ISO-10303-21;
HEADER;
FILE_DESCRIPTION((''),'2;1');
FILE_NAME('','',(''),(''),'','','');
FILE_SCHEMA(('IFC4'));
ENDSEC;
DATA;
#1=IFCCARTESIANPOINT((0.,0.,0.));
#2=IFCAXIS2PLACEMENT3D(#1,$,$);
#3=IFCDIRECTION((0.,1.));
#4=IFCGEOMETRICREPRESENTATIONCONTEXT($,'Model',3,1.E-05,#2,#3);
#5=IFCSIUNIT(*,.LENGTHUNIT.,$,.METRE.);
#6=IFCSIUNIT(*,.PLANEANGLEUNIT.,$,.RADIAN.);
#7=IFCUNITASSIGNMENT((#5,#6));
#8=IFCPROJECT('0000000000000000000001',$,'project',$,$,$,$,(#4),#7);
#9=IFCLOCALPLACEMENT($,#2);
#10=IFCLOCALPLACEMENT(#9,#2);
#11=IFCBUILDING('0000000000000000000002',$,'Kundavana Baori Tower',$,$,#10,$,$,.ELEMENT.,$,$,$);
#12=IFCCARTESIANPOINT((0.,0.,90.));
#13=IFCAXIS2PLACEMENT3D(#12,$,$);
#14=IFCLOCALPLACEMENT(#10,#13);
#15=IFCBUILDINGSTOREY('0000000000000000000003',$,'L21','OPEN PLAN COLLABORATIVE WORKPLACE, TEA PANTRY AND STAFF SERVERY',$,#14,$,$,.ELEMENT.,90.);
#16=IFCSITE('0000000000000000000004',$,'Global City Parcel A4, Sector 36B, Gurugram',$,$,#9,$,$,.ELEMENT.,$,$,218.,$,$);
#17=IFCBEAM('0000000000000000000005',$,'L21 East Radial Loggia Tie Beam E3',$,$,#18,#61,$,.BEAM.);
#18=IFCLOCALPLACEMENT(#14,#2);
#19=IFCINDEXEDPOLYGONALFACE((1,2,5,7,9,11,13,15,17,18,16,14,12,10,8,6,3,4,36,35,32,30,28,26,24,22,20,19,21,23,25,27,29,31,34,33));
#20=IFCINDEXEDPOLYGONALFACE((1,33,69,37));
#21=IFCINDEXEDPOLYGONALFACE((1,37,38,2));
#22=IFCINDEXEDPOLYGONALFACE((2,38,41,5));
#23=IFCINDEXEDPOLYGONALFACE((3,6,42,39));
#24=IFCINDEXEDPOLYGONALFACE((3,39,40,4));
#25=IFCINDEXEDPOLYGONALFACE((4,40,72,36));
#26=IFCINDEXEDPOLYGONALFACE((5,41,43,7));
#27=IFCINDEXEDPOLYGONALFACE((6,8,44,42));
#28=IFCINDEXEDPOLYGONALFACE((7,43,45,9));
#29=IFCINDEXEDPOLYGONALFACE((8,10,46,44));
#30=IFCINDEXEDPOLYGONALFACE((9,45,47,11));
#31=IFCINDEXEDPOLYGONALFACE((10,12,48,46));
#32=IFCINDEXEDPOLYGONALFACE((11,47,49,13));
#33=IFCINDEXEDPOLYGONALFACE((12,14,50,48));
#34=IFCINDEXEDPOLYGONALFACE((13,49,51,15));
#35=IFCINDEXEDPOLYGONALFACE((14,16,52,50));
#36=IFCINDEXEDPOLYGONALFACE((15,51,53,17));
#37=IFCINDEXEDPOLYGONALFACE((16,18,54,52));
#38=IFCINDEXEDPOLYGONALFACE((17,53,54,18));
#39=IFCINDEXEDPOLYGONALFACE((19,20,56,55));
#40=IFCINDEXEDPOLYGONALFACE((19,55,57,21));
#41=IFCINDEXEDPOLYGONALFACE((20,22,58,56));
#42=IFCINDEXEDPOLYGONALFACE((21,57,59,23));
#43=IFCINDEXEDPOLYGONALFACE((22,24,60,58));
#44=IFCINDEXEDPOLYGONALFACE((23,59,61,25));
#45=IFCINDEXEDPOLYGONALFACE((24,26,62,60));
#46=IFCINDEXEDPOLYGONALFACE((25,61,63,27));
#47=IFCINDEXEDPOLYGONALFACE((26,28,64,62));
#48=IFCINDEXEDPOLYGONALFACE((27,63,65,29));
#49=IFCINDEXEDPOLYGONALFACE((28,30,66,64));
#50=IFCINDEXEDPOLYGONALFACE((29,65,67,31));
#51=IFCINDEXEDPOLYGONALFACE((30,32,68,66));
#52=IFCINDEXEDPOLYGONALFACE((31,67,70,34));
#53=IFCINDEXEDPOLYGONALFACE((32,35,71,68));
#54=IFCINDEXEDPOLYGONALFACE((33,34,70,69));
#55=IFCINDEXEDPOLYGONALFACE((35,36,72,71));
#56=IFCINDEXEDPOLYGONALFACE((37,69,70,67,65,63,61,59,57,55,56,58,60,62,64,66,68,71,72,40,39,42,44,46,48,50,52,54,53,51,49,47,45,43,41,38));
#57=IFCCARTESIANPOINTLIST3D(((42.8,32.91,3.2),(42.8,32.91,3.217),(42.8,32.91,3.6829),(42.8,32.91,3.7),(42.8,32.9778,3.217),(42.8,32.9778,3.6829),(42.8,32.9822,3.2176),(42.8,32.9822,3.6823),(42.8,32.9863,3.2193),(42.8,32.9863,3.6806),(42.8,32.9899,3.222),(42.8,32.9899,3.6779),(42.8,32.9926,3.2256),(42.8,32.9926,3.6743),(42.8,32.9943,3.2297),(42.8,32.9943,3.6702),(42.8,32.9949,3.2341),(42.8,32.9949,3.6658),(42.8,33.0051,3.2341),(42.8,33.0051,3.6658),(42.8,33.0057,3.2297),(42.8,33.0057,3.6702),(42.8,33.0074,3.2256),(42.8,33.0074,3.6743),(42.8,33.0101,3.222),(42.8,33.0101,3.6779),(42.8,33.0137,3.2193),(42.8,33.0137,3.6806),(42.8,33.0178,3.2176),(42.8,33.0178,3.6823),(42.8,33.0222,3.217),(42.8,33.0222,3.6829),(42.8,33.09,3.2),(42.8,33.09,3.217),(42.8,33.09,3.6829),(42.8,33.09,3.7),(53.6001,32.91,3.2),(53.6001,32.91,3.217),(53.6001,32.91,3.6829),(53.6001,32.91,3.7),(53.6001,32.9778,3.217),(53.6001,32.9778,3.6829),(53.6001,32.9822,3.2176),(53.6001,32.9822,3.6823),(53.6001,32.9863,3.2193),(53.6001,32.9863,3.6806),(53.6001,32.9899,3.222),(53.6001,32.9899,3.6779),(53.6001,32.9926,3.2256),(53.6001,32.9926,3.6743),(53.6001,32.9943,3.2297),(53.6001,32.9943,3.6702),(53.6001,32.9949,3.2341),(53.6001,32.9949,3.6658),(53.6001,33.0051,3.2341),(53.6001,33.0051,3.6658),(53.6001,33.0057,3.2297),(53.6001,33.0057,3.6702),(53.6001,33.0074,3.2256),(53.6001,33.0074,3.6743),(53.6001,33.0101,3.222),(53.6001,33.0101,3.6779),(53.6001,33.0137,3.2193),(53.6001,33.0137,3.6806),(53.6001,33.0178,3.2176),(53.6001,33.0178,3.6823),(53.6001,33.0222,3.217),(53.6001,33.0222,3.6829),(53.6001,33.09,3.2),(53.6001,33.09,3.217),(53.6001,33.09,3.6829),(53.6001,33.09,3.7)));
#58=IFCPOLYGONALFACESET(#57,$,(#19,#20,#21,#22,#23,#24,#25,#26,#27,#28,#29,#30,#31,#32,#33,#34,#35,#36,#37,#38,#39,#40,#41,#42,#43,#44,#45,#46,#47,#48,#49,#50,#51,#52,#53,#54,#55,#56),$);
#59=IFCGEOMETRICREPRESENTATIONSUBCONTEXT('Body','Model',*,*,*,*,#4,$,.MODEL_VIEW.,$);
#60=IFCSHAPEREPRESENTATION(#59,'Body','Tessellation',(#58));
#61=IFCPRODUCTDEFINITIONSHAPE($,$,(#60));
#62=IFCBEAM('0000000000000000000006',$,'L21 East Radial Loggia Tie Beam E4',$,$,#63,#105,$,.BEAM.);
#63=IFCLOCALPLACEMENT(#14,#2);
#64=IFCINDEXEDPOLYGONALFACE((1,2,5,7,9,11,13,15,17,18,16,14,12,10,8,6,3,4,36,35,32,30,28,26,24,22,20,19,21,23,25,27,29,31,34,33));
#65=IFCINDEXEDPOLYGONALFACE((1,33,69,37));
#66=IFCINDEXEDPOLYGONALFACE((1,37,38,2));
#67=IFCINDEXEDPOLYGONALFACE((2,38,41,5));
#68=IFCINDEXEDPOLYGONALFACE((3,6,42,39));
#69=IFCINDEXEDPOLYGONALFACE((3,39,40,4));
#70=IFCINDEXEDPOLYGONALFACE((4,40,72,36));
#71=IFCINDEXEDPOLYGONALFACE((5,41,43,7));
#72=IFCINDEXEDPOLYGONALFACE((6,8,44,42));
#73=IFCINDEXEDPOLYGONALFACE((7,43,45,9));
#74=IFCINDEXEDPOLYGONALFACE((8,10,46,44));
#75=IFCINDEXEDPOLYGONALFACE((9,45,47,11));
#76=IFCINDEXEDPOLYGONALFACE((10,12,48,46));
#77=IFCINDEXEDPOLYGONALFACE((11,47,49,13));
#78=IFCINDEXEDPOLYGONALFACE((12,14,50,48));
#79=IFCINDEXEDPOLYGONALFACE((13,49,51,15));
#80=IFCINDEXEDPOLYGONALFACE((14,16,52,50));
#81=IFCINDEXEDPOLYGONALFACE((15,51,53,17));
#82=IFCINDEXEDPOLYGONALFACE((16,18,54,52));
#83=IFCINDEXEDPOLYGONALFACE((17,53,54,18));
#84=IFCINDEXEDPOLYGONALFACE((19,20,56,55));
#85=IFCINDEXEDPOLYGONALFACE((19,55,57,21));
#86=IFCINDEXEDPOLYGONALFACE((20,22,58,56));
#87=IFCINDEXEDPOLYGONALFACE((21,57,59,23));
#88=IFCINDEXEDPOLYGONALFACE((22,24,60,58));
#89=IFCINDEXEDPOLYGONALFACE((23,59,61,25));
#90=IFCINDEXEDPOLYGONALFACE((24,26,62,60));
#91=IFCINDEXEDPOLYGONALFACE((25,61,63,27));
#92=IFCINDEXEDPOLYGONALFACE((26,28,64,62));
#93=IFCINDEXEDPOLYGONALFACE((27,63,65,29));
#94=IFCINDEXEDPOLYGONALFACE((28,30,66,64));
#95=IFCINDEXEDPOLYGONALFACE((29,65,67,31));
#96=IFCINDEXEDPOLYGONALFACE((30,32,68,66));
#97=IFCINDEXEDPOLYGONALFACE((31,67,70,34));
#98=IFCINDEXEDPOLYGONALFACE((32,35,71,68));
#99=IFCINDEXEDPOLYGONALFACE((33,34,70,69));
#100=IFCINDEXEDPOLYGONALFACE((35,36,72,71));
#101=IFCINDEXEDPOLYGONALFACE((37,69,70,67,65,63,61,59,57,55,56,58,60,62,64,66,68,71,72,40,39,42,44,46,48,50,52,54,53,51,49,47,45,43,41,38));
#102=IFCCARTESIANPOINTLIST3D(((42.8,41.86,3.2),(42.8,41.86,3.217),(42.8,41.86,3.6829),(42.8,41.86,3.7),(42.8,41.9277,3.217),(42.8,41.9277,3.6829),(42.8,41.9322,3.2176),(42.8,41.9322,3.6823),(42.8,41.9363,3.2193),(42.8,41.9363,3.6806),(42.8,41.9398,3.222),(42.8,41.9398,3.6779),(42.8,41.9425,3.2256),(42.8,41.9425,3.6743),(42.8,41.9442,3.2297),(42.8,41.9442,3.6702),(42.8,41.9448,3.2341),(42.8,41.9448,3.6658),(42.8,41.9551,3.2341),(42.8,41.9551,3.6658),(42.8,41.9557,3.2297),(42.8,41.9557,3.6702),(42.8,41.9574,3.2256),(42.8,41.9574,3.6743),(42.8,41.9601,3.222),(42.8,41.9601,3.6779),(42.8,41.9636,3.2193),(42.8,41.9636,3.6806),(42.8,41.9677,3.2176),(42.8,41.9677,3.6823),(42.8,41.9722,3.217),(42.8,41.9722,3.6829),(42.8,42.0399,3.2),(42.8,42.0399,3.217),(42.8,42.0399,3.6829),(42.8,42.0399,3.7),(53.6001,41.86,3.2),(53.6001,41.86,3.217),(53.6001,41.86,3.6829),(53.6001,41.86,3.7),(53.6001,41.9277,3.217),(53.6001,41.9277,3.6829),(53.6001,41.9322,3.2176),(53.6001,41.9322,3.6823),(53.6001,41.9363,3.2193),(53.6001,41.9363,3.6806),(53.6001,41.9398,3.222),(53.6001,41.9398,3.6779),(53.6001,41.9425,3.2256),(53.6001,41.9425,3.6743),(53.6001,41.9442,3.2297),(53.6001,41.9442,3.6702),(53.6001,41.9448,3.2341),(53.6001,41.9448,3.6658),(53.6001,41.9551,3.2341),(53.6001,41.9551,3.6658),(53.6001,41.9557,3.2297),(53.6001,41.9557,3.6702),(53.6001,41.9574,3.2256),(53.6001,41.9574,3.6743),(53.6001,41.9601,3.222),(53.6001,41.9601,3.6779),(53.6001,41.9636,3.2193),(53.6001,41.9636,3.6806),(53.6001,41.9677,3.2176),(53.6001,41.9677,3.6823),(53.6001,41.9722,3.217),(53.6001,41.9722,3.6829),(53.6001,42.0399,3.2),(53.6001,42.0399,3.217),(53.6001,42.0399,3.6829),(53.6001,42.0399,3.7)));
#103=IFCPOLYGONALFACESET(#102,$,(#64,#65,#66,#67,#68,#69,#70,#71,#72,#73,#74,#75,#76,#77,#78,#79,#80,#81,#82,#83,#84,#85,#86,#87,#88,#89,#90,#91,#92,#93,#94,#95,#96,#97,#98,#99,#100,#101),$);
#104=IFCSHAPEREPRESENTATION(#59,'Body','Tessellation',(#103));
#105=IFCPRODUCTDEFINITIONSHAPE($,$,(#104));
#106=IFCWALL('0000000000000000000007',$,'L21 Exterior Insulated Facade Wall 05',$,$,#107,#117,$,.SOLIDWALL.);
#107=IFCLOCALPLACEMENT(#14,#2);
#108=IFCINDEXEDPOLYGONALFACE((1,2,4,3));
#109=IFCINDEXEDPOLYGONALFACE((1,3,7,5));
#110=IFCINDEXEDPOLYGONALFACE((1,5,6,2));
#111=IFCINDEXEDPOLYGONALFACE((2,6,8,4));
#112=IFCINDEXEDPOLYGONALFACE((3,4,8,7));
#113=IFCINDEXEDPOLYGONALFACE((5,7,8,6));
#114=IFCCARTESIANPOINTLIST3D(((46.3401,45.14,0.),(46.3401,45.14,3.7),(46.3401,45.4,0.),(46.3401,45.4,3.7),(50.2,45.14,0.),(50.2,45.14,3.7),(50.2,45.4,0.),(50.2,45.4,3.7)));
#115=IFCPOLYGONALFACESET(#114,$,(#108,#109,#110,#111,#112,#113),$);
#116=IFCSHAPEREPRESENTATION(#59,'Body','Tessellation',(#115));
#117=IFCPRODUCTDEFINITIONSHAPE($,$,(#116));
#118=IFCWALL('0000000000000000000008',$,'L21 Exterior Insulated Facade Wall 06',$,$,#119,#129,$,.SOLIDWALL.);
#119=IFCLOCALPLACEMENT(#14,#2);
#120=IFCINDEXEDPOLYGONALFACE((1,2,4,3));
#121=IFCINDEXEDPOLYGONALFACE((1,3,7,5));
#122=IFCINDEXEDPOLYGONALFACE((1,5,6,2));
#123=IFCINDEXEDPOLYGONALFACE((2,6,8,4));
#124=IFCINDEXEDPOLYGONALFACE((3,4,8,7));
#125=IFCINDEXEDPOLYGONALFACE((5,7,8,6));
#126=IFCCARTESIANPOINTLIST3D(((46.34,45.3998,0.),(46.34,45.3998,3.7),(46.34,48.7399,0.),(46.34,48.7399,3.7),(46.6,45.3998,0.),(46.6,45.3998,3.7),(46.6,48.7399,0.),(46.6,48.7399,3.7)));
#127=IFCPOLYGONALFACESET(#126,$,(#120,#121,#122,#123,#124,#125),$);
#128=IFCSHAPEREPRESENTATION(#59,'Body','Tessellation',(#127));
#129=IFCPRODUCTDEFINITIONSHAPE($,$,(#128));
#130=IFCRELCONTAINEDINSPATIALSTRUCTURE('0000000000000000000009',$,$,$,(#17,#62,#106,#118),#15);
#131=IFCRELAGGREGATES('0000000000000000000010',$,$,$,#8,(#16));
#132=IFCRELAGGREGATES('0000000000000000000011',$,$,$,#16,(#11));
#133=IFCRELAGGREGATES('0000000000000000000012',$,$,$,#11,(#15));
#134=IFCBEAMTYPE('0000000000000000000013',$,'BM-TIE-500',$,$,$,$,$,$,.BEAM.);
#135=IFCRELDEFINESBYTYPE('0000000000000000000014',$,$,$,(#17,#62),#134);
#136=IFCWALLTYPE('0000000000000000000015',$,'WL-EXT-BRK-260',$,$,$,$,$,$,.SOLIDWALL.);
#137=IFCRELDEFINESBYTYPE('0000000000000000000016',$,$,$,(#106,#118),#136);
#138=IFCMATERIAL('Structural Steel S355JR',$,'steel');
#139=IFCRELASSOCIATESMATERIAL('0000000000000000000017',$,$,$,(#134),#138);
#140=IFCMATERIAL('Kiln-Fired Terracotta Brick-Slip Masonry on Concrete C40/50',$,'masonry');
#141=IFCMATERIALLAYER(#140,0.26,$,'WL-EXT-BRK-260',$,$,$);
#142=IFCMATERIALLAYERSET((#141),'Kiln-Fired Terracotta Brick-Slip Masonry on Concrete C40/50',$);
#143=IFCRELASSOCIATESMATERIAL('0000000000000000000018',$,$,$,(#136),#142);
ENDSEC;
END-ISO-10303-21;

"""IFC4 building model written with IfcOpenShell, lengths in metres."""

from ifc_helpers import new_model, si_unit, direction, frame, frame_2d, origin, origin_2d, place, context, subcontext, project, spatial, rectangle, i_section, extrude, material, layer, layer_set, material_profile, profile_set, type_object, element, save


model = new_model("IFC4")

# Units and contexts
model_context = context("Model", 3, precision=1e-05, world=origin(), true_north=direction((0.0, 1.0)))
body_context = subcontext(model_context, "Body", "Model", "MODEL_VIEW")
ifc_project = project(units=[si_unit("LENGTHUNIT", "METRE"), si_unit("PLANEANGLEUNIT", "RADIAN")], contexts=[model_context])

# Site, building, storey
site_placement = place(None, origin())
site = spatial("IfcSite", under=ifc_project, at=site_placement, Name="Global City Parcel A4, Sector 36B, Gurugram", CompositionType="ELEMENT", RefElevation=218.0)
building_placement = place(site_placement, origin())
building = spatial("IfcBuilding", under=site, at=building_placement, Name="Kundavana Baori Tower", CompositionType="ELEMENT")
storey_placement = place(building_placement, frame((0.0, 0.0, 90.0)))
storey = spatial("IfcBuildingStorey", under=building, at=storey_placement, Name="L21", Description="OPEN PLAN COLLABORATIVE WORKPLACE, TEA PANTRY AND STAFF SERVERY", CompositionType="ELEMENT", Elevation=90.0)

# Beams
ifc_material_1 = material(Name="Structural Steel S355JR", Category="steel")
ifc_material_profile_1 = material_profile(ifc_material_1, i_section(OverallWidth=0.1799, OverallDepth=0.5, WebThickness=0.0103, FlangeThickness=0.0171, FilletRadius=0.0171, at=origin_2d()), Name="ISMB 500")
ifc_profile_set_1 = profile_set([ifc_material_profile_1], Name="Structural Steel S355JR")
beam_type_1 = type_object("IfcBeamType", Name="BM-TIE-500", PredefinedType="BEAM", material=ifc_profile_set_1)
for number, where, z_axis, x_axis, name in (
    (1, (42.8, 33.0, 3.45), (1.0, 0.0, 0.0), (0.0, 1.0, 0.0), "L21 East Radial Loggia Tie Beam E3"),
    (2, (42.8, 41.95, 3.45), (1.0, 0.0, 0.0), (0.0, 1.0, 0.0), "L21 East Radial Loggia Tie Beam E4"),
):
    element("IfcBeam", number, at=place(storey_placement, frame(where, z_axis=z_axis, x_axis=x_axis)), inside=storey, type_object=beam_type_1, Name=name, PredefinedType="BEAM", context=body_context, shape_type="SweptSolid", body=[
        extrude(i_section(OverallWidth=0.1799, OverallDepth=0.5, WebThickness=0.0103, FlangeThickness=0.0171, FilletRadius=0.0171, at=origin_2d()), origin(), (0.0, 0.0, 1.0), 10.8),
    ])

# Walls
ifc_material_2 = material(Name="Kiln-Fired Terracotta Brick-Slip Masonry on Concrete C40/50", Category="masonry")
ifc_layer_1 = layer(ifc_material_2, 0.26, Name="WL-EXT-BRK-260")
ifc_layer_set_1 = layer_set([ifc_layer_1], Name="Kiln-Fired Terracotta Brick-Slip Masonry on Concrete C40/50")
wall_type_1 = type_object("IfcWallType", Name="WL-EXT-BRK-260", PredefinedType="SOLIDWALL", material=ifc_layer_set_1)
wall_1_placement = place(storey_placement, frame((50.2, 45.27, 0.0), z_axis=(0.0, 0.0, 1.0), x_axis=(-1.0, 0.0, 0.0)))
element("IfcWall", 3, at=wall_1_placement, inside=storey, type_object=wall_type_1, Name="L21 Exterior Insulated Facade Wall 05", PredefinedType="SOLIDWALL", context=body_context, shape_type="SweptSolid", body=[
    extrude(rectangle(XDim=3.8599, YDim=0.26, at=frame_2d((1.9299, 0.0))), origin(), (0.0, 0.0, 1.0), 3.7),
])
wall_2_placement = place(storey_placement, frame((46.47, 45.3999, 0.0), z_axis=(0.0, 0.0, 1.0), x_axis=(0.0, 1.0, 0.0)))
element("IfcWall", 4, at=wall_2_placement, inside=storey, type_object=wall_type_1, Name="L21 Exterior Insulated Facade Wall 06", PredefinedType="SOLIDWALL", context=body_context, shape_type="SweptSolid", body=[
    extrude(rectangle(XDim=3.3401, YDim=0.26, at=frame_2d((1.6699, 0.0))), origin(), (0.0, 0.0, 1.0), 3.7),
])

save(model, "model.ifc")
